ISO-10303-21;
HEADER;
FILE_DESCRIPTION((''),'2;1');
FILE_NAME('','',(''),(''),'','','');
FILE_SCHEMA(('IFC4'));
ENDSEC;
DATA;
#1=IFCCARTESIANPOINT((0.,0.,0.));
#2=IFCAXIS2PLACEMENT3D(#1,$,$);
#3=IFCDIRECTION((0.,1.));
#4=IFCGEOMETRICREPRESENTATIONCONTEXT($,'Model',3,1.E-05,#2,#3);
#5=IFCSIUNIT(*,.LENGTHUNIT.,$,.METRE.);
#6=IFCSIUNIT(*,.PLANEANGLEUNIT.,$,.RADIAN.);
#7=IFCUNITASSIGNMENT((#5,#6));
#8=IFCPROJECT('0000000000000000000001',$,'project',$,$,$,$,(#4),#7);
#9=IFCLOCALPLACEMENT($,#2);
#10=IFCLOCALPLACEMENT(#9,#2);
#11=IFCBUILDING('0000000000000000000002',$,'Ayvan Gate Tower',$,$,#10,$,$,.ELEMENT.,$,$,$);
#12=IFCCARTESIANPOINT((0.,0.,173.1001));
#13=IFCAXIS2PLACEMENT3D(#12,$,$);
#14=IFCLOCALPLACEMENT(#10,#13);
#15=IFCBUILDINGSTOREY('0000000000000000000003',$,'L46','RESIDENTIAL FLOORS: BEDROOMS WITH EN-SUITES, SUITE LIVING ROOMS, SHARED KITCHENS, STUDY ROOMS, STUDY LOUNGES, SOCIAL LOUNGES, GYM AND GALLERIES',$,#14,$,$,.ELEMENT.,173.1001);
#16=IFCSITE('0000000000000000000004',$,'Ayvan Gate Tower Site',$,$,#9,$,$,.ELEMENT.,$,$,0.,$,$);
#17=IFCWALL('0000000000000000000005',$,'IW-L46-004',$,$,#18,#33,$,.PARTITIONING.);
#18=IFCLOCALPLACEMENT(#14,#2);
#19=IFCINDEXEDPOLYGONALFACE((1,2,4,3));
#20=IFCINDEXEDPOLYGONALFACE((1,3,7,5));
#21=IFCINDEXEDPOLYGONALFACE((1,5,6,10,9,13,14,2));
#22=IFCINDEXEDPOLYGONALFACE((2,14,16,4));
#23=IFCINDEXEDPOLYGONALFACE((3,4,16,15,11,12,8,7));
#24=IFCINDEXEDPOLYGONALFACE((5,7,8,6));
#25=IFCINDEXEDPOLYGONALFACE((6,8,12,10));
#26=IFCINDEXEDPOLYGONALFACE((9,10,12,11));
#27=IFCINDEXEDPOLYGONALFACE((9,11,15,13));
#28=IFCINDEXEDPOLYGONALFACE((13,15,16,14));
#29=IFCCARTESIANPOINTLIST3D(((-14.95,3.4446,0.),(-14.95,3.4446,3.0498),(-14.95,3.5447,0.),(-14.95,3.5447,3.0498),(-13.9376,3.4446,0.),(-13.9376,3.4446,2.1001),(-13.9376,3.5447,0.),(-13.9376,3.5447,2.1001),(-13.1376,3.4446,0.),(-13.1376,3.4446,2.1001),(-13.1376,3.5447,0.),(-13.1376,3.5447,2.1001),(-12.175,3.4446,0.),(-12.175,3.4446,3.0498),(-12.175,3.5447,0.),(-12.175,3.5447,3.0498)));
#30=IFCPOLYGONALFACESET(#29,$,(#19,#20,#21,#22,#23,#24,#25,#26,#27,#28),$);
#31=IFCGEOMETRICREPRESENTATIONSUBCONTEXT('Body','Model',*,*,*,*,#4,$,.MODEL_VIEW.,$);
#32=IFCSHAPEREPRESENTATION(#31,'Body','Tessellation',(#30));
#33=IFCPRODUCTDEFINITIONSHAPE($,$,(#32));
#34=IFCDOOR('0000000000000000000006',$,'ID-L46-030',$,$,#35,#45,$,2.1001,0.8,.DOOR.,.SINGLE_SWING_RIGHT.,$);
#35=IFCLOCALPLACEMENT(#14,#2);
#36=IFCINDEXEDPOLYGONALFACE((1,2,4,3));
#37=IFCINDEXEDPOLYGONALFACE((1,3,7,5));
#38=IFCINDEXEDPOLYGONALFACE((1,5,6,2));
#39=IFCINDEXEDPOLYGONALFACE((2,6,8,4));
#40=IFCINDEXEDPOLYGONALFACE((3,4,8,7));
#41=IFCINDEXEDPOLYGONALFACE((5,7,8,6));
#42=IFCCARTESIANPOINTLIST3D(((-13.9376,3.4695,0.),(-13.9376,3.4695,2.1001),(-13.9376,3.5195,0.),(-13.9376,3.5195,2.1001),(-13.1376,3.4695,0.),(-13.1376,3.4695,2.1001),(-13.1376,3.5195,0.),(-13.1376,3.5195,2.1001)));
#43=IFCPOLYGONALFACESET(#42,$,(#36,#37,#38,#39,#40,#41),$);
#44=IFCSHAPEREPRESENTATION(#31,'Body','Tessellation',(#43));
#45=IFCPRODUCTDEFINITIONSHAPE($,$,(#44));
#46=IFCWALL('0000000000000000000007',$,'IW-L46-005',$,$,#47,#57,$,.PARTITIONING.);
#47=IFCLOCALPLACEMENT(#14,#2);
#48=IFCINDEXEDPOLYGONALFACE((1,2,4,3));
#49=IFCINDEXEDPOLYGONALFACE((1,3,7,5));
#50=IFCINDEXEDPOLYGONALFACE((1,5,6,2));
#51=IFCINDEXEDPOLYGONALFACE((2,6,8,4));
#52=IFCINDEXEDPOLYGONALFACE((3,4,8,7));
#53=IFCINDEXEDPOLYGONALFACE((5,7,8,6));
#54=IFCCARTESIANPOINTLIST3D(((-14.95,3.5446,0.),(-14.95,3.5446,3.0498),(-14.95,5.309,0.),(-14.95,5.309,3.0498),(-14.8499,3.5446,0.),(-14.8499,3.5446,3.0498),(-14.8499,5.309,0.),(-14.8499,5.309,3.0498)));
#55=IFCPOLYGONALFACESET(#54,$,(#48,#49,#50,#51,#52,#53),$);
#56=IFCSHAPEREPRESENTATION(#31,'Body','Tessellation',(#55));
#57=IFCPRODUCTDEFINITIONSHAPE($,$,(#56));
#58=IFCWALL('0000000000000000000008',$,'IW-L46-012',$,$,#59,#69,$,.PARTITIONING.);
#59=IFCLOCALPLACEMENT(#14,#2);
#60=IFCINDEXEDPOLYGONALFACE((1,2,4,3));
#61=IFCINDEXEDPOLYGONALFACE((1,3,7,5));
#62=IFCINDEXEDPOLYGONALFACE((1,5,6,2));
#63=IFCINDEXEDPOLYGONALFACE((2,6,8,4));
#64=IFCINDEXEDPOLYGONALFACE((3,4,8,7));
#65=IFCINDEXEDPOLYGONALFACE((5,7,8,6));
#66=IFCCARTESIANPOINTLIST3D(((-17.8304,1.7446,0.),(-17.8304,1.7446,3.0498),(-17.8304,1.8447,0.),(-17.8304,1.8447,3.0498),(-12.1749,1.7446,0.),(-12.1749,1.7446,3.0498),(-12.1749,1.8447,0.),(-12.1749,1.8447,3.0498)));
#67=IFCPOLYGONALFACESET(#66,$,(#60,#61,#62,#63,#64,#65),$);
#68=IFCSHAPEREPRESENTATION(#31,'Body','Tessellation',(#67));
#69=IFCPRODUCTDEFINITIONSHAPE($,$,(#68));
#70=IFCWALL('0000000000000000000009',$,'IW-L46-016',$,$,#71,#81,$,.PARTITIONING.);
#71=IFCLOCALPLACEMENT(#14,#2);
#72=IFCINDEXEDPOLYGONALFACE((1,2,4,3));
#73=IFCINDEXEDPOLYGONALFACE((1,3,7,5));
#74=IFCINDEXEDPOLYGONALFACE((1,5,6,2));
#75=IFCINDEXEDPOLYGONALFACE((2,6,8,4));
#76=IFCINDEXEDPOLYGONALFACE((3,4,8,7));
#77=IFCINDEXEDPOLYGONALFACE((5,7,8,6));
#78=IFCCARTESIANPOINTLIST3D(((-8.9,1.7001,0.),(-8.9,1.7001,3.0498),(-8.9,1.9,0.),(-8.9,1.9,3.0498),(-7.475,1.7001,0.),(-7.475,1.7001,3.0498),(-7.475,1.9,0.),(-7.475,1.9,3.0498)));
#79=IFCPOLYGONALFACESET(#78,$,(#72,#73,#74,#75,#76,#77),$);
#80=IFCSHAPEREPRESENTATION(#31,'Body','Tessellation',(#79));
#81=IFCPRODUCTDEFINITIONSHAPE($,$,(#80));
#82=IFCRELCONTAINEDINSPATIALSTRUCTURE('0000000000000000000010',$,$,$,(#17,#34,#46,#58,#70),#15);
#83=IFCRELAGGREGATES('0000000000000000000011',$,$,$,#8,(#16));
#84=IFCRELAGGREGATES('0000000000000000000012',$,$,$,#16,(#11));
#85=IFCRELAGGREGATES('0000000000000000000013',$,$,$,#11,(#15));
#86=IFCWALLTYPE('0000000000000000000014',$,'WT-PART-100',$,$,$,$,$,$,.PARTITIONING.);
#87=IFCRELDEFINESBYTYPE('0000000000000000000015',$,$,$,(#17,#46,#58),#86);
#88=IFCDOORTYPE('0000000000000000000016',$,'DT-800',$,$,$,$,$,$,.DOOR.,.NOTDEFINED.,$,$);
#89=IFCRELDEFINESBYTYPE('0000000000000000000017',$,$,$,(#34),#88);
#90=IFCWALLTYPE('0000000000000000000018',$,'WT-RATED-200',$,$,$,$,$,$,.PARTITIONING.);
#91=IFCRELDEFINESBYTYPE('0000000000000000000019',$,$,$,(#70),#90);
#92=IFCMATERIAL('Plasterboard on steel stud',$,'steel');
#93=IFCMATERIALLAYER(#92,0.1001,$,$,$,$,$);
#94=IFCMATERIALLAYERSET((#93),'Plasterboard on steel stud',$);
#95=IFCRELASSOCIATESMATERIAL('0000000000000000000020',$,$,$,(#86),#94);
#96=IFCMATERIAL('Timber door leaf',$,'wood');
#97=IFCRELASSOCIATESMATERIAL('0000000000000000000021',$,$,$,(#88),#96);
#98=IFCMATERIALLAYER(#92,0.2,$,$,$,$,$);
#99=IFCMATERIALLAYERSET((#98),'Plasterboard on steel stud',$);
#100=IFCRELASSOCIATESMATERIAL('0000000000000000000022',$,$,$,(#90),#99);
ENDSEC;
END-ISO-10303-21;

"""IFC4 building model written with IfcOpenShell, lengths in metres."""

from ifc_helpers import new_model, si_unit, direction, frame, frame_2d, origin, place, context, subcontext, project, spatial, rectangle, extrude, material, layer, layer_set, type_object, element, fill, save


model = new_model("IFC4")

# Units and contexts
model_context = context("Model", 3, precision=1e-05, world=origin(), true_north=direction((0.0, 1.0)))
body_context = subcontext(model_context, "Body", "Model", "MODEL_VIEW")
ifc_project = project(units=[si_unit("LENGTHUNIT", "METRE"), si_unit("PLANEANGLEUNIT", "RADIAN")], contexts=[model_context])

# Site, building, storey
site_placement = place(None, origin())
site = spatial("IfcSite", under=ifc_project, at=site_placement, Name="Ayvan Gate Tower Site", CompositionType="ELEMENT", RefElevation=0.0)
building_placement = place(site_placement, origin())
building = spatial("IfcBuilding", under=site, at=building_placement, Name="Ayvan Gate Tower", CompositionType="ELEMENT")
storey_placement = place(building_placement, frame((0.0, 0.0, 173.1001)))
storey = spatial("IfcBuildingStorey", under=building, at=storey_placement, Name="L46", Description="RESIDENTIAL FLOORS: BEDROOMS WITH EN-SUITES, SUITE LIVING ROOMS, SHARED KITCHENS, STUDY ROOMS, STUDY LOUNGES, SOCIAL LOUNGES, GYM AND GALLERIES", CompositionType="ELEMENT", Elevation=173.1001)

# Shared definitions
ifc_material_1 = material(Name="Timber door leaf", Category="wood")

# Shared definitions
ifc_material_2 = material(Name="Plasterboard on steel stud", Category="steel")

# Shared definitions
ifc_layer_1 = layer(ifc_material_2, 0.1001)
ifc_layer_set_1 = layer_set([ifc_layer_1], Name="Plasterboard on steel stud")
wall_type_1 = type_object("IfcWallType", Name="WT-PART-100", PredefinedType="PARTITIONING", material=ifc_layer_set_1)

# Wall, opening, door
wall_1_placement = place(storey_placement, frame((-14.95, 3.4946, 0.0), z_axis=(0.0, 0.0, 1.0), x_axis=(1.0, 0.0, 0.0)))
wall_1 = element("IfcWall", 1, at=wall_1_placement, inside=storey, type_object=wall_type_1, Name="IW-L46-004", PredefinedType="PARTITIONING", context=body_context, shape_type="SweptSolid", body=[
    extrude(rectangle(XDim=2.7749, YDim=0.1001, at=frame_2d((1.3875, 0.0))), origin(), (0.0, 0.0, 1.0), 3.0498),
])
opening_1_placement = place(wall_1_placement, frame((1.0125, 0.0, 0.0)))
opening_1 = element("IfcOpeningElement", 2, at=opening_1_placement, cuts=wall_1, PredefinedType="OPENING", context=body_context, shape_type="SweptSolid", body=[
    extrude(rectangle(XDim=0.8, YDim=2.1001, at=frame_2d((0.3999, 1.05))), frame((0.0, 0.0601, 0.0), z_axis=(0.0, -1.0, 0.0), x_axis=(1.0, 0.0, 0.0)), (0.0, 0.0, 1.0), 0.1201),
])
door_type_1 = type_object("IfcDoorType", Name="DT-800", OperationType="NOTDEFINED", PredefinedType="DOOR", material=ifc_material_1)
door_1_placement = place(opening_1_placement, origin())
door_1 = element("IfcDoor", 3, at=door_1_placement, inside=storey, type_object=door_type_1, Name="ID-L46-030", OperationType="SINGLE_SWING_RIGHT", OverallHeight=2.1001, OverallWidth=0.8, PredefinedType="DOOR", context=body_context, shape_type="SweptSolid", body=[
    extrude(rectangle(XDim=0.8, YDim=2.1001, at=frame_2d((0.3999, 1.05))), frame((0.0, 0.0249, 0.0), z_axis=(0.0, -1.0, 0.0), x_axis=(1.0, 0.0, 0.0)), (0.0, 0.0, 1.0), 0.05),
])
fill(opening_1, door_1)

# Walls
wall_2_placement = place(storey_placement, frame((-14.8999, 5.3091, 0.0), z_axis=(0.0, 0.0, 1.0), x_axis=(0.0, -1.0, 0.0)))
element("IfcWall", 4, at=wall_2_placement, inside=storey, type_object=wall_type_1, Name="IW-L46-005", PredefinedType="PARTITIONING", context=body_context, shape_type="SweptSolid", body=[
    extrude(rectangle(XDim=1.7644, YDim=0.1001, at=frame_2d((0.8823, 0.0))), origin(), (0.0, 0.0, 1.0), 3.0498),
])
wall_3_placement = place(storey_placement, frame((-12.175, 1.7947, 0.0), z_axis=(0.0, 0.0, 1.0), x_axis=(-1.0, 0.0, 0.0)))
element("IfcWall", 5, at=wall_3_placement, inside=storey, type_object=wall_type_1, Name="IW-L46-012", PredefinedType="PARTITIONING", context=body_context, shape_type="SweptSolid", body=[
    extrude(rectangle(XDim=5.6555, YDim=0.1001, at=frame_2d((2.8276, 0.0))), origin(), (0.0, 0.0, 1.0), 3.0498),
])
ifc_layer_2 = layer(ifc_material_2, 0.2)
ifc_layer_set_2 = layer_set([ifc_layer_2], Name="Plasterboard on steel stud")
wall_type_2 = type_object("IfcWallType", Name="WT-RATED-200", PredefinedType="PARTITIONING", material=ifc_layer_set_2)
wall_4_placement = place(storey_placement, frame((-8.8999, 1.8, 0.0), z_axis=(0.0, 0.0, 1.0), x_axis=(1.0, 0.0, 0.0)))
element("IfcWall", 6, at=wall_4_placement, inside=storey, type_object=wall_type_2, Name="IW-L46-016", PredefinedType="PARTITIONING", context=body_context, shape_type="SweptSolid", body=[
    extrude(rectangle(XDim=1.425, YDim=0.2, at=frame_2d((0.7124, 0.0))), origin(), (0.0, 0.0, 1.0), 3.0498),
])

save(model, "model.ifc")
